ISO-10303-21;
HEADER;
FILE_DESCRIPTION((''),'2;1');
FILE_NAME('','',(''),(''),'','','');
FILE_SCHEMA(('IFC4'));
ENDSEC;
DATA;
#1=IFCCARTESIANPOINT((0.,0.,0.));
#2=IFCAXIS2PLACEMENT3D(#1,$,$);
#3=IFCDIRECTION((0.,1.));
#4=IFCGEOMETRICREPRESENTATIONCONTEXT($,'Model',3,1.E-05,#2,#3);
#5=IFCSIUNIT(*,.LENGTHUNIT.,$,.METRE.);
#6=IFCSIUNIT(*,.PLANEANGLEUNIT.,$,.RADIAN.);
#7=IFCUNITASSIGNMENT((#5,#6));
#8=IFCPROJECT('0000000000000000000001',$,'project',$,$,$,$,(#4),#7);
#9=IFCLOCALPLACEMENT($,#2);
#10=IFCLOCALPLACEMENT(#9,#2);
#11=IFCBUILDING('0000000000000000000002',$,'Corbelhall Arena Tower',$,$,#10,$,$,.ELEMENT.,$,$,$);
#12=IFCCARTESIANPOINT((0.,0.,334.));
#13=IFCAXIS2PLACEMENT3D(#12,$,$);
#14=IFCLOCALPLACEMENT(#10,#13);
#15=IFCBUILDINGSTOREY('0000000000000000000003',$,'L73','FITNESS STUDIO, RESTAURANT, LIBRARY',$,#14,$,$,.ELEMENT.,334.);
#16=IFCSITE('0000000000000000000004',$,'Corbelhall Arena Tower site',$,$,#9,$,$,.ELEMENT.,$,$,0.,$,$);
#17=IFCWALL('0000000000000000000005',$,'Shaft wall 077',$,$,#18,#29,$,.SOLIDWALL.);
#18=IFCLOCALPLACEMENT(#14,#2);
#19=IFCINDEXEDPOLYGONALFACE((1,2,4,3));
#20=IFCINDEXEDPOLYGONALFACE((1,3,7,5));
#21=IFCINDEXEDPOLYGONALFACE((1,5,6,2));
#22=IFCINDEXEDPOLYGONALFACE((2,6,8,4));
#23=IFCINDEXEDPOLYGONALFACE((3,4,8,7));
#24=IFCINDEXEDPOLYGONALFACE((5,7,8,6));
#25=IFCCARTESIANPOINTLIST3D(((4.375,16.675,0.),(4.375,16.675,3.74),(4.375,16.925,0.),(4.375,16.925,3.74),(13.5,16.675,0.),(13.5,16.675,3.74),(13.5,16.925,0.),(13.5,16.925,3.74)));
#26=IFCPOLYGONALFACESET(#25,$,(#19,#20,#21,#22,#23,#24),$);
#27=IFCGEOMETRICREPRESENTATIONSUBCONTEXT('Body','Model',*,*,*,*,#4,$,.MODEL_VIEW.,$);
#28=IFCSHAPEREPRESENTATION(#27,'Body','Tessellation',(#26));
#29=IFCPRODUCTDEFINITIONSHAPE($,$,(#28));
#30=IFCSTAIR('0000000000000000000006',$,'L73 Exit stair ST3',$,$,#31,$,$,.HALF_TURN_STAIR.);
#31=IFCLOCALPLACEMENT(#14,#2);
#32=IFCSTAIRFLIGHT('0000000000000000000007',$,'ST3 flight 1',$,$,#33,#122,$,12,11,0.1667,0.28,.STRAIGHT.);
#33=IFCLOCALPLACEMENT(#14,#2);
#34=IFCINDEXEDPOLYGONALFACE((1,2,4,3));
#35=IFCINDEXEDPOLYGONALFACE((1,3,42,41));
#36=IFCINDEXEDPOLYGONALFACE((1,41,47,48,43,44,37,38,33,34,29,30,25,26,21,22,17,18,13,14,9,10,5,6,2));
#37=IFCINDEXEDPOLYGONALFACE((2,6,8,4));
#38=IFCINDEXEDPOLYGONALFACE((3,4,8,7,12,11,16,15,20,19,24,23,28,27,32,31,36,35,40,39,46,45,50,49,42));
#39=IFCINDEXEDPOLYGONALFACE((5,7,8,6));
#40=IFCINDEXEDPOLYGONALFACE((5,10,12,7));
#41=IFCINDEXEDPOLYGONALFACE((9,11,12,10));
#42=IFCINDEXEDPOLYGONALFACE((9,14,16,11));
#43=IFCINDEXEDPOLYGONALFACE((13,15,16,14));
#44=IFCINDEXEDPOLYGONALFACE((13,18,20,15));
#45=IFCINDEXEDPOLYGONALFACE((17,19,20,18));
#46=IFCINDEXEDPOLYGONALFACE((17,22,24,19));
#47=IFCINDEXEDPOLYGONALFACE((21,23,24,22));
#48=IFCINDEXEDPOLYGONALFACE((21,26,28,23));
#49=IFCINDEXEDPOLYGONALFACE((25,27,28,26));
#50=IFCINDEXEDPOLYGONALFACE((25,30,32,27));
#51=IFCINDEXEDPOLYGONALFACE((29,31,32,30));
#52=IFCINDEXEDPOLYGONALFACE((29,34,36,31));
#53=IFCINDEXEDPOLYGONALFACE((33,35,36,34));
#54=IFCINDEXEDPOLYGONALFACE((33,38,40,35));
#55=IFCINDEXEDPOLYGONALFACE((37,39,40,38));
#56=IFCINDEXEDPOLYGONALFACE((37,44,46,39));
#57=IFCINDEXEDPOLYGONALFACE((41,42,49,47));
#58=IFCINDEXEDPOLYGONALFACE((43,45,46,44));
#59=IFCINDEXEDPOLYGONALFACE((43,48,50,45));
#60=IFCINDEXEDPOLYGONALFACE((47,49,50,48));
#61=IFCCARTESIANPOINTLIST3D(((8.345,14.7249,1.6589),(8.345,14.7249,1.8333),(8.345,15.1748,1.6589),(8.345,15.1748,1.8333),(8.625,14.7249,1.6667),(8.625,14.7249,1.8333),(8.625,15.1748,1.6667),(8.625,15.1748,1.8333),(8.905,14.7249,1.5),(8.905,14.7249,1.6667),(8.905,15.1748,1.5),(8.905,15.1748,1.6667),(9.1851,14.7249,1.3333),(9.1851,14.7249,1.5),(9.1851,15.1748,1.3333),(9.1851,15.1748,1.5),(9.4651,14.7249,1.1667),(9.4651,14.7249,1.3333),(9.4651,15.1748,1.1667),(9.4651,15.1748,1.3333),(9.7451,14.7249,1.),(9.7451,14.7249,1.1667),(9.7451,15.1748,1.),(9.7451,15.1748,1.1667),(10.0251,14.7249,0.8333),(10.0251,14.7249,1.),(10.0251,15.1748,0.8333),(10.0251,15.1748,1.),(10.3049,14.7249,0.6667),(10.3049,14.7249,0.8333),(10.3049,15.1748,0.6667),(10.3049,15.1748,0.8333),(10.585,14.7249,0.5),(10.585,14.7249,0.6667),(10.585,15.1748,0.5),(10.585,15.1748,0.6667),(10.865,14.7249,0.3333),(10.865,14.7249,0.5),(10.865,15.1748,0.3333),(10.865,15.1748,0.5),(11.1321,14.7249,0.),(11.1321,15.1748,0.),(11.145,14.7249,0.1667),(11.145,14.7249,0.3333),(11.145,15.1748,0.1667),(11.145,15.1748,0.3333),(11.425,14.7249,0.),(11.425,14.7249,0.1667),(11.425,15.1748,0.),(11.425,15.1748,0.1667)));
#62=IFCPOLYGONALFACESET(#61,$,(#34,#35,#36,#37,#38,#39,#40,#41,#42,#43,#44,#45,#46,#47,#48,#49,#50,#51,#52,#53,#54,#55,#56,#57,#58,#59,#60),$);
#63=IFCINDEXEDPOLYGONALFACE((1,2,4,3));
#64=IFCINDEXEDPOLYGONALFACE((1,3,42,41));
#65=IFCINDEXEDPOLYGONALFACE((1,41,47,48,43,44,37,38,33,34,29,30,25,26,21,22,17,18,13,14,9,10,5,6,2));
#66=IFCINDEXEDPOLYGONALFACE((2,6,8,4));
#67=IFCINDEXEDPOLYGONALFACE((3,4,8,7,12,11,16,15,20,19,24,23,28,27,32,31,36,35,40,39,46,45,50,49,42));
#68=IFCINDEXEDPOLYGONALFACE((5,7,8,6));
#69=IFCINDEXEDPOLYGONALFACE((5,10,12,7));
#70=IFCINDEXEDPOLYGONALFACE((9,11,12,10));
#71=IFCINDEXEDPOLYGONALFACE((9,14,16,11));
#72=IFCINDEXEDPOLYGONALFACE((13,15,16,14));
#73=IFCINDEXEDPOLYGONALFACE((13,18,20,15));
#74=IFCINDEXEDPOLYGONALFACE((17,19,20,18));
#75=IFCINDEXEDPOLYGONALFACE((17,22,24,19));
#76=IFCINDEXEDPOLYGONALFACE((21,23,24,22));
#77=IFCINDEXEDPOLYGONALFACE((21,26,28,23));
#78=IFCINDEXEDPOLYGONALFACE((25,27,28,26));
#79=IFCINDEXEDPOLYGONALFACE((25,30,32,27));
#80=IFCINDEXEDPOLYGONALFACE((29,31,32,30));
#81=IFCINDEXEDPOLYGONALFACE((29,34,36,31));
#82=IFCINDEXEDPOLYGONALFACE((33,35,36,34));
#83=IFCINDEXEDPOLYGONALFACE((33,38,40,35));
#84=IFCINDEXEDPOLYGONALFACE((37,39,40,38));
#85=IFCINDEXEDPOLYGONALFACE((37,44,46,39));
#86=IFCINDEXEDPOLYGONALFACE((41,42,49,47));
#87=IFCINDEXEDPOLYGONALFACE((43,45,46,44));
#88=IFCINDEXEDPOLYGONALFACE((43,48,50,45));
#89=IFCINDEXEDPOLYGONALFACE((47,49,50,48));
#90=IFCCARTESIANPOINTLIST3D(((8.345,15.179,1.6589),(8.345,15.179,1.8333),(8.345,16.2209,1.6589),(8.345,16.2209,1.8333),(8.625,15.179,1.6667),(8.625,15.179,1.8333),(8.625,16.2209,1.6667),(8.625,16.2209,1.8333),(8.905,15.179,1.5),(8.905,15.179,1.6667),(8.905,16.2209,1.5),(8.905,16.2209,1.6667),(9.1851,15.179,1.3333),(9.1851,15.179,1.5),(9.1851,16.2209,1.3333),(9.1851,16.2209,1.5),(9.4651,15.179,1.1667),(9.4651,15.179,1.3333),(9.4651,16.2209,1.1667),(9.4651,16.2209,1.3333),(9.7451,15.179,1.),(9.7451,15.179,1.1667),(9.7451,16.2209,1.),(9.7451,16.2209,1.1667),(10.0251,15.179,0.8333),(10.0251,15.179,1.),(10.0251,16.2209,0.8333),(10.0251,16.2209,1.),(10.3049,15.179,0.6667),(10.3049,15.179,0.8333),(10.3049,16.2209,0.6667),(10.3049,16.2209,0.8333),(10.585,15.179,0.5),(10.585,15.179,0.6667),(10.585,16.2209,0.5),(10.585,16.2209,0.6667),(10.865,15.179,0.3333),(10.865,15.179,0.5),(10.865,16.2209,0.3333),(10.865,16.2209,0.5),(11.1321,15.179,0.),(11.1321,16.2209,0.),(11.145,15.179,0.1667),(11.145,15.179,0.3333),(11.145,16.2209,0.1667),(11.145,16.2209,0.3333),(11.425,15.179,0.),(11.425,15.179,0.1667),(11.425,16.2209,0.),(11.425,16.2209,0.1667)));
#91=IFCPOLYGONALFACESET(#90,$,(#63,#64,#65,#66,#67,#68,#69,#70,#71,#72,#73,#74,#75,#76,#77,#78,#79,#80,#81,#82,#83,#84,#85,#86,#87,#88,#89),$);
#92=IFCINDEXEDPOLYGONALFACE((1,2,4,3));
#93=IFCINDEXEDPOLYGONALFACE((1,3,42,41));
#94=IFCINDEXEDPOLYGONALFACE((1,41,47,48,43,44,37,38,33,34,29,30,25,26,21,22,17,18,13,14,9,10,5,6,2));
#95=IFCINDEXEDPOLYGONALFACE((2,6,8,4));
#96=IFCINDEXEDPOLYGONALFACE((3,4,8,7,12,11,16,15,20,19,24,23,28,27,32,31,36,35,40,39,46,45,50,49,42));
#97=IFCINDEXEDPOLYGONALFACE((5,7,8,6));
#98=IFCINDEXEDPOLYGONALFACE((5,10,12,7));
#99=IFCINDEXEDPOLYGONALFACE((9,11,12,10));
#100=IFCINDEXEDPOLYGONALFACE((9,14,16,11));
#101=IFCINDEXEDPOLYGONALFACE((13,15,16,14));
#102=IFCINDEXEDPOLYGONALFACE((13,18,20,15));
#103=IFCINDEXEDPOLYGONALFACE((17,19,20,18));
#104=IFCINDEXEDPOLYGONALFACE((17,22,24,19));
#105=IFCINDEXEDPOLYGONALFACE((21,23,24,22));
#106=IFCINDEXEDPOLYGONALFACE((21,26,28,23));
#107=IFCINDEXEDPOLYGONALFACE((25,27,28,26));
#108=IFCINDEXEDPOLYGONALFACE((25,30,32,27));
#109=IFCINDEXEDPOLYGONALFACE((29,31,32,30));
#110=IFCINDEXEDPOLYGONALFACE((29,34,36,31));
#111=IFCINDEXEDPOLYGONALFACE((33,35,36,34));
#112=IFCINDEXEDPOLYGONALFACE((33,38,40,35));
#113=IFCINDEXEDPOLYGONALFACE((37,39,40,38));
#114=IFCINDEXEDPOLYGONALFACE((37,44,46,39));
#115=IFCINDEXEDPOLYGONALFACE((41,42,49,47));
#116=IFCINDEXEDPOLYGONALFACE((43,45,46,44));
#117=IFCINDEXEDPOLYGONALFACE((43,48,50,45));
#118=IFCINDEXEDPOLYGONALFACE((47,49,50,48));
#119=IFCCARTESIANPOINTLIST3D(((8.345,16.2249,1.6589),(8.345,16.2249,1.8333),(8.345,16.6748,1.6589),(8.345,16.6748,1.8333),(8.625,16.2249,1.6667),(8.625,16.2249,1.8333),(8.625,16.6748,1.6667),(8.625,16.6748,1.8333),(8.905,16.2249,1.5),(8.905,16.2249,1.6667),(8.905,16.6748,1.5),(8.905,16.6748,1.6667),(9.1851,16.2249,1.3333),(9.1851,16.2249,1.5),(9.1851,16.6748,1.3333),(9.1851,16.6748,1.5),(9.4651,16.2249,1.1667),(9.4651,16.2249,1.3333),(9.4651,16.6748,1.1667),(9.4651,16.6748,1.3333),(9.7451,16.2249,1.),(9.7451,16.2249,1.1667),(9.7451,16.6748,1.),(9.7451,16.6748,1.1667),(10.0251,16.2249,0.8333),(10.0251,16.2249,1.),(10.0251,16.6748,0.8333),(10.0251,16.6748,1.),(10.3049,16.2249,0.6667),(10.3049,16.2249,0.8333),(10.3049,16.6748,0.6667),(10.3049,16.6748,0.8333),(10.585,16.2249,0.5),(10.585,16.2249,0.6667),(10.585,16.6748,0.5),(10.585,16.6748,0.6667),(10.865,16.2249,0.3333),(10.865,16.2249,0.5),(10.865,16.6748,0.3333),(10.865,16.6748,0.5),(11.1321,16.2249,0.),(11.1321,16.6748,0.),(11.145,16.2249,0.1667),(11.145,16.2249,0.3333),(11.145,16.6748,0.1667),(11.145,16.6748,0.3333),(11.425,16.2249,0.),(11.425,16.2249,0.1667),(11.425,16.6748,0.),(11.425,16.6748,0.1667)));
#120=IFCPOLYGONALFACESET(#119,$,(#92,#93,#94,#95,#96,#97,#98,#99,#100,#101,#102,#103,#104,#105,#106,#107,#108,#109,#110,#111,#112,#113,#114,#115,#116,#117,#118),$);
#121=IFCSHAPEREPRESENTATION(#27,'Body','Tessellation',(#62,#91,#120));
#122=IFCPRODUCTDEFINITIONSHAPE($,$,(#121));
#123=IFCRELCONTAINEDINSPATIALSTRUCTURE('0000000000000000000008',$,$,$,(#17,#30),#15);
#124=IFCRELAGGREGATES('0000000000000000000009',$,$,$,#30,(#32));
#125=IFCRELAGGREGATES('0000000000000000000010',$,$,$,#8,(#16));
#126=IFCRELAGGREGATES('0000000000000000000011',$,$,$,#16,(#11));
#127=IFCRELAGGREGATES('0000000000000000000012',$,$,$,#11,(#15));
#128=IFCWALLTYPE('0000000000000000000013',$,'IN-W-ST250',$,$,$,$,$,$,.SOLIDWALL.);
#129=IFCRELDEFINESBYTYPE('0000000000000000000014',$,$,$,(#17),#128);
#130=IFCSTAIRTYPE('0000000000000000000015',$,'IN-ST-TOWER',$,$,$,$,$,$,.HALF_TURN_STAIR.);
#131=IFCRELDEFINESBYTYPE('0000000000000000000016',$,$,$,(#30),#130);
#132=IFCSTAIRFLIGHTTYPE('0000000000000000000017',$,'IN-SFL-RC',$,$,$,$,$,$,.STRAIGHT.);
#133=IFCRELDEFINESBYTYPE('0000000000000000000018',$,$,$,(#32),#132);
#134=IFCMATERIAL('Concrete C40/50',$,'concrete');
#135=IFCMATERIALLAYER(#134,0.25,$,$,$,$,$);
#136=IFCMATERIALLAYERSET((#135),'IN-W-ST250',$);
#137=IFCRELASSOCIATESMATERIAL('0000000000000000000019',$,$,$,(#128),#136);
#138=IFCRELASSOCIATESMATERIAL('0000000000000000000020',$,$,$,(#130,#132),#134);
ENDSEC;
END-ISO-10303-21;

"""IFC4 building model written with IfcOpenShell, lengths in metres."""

from ifc_helpers import new_model, si_unit, direction, frame, frame_2d, origin, place, context, subcontext, project, spatial, polyline, rectangle, outline, extrude, material, layer, layer_set, type_object, element, aggregate, save


model = new_model("IFC4")

# Units and contexts
model_context = context("Model", 3, precision=1e-05, world=origin(), true_north=direction((0.0, 1.0)))
body_context = subcontext(model_context, "Body", "Model", "MODEL_VIEW")
ifc_project = project(units=[si_unit("LENGTHUNIT", "METRE"), si_unit("PLANEANGLEUNIT", "RADIAN")], contexts=[model_context])

# Site, building, storey
site_placement = place(None, origin())
site = spatial("IfcSite", under=ifc_project, at=site_placement, Name="Corbelhall Arena Tower site", CompositionType="ELEMENT", RefElevation=0.0)
building_placement = place(site_placement, origin())
building = spatial("IfcBuilding", under=site, at=building_placement, Name="Corbelhall Arena Tower", CompositionType="ELEMENT")
storey_placement = place(building_placement, frame((0.0, 0.0, 334.0)))
storey = spatial("IfcBuildingStorey", under=building, at=storey_placement, Name="L73", Description="FITNESS STUDIO, RESTAURANT, LIBRARY", CompositionType="ELEMENT", Elevation=334.0)

# Wall
ifc_material_1 = material(Name="Concrete C40/50", Category="concrete")
ifc_layer_1 = layer(ifc_material_1, 0.25)
ifc_layer_set_1 = layer_set([ifc_layer_1], Name="IN-W-ST250")
wall_type_1 = type_object("IfcWallType", Name="IN-W-ST250", PredefinedType="SOLIDWALL", material=ifc_layer_set_1)
wall_1_placement = place(storey_placement, frame((4.375, 16.8, 0.0), z_axis=(0.0, 0.0, 1.0), x_axis=(1.0, 0.0, 0.0)))
element("IfcWall", 1, at=wall_1_placement, inside=storey, type_object=wall_type_1, Name="Shaft wall 077", PredefinedType="SOLIDWALL", context=body_context, shape_type="SweptSolid", body=[
    extrude(rectangle(XDim=9.125, YDim=0.25, at=frame_2d((4.5625, 0.0))), origin(), (0.0, 0.0, 1.0), 3.74),
])

# Stair, stair flight
stair_type = type_object("IfcStairType", Name="IN-ST-TOWER", PredefinedType="HALF_TURN_STAIR", material=ifc_material_1)
stair_placement = place(storey_placement, origin())
stair = element("IfcStair", 2, at=stair_placement, inside=storey, type_object=stair_type, Name="L73 Exit stair ST3", PredefinedType="HALF_TURN_STAIR")
stair_flight_type = type_object("IfcStairFlightType", Name="IN-SFL-RC", PredefinedType="STRAIGHT", material=ifc_material_1)
stair_flight_1_placement = place(storey_placement, frame((11.425, 15.7, 0.0), z_axis=(0.0, 0.0, 1.0), x_axis=(-1.0, 0.0, 0.0)))
stair_flight_1 = element("IfcStairFlight", 3, at=stair_flight_1_placement, type_object=stair_flight_type, Name="ST3 flight 1", NumberOfRisers=12, NumberOfTreads=11, PredefinedType="STRAIGHT", RiserHeight=0.1667, TreadLength=0.28, context=body_context, shape_type="SweptSolid", body=[
    extrude(outline(polyline([(0.0, 0.0), (0.0, 0.1667), (0.28, 0.1667), (0.28, 0.3333), (0.5601, 0.3333), (0.5601, 0.5), (0.8401, 0.5), (0.8401, 0.6667), (1.1201, 0.6667), (1.1201, 0.8333), (1.3999, 0.8333), (1.3999, 1.0), (1.6799, 1.0), (1.6799, 1.1667), (1.96, 1.1667), (1.96, 1.3333), (2.24, 1.3333), (2.24, 1.5), (2.52, 1.5), (2.52, 1.6667), (2.8, 1.6667), (2.8, 1.8333), (3.0801, 1.8333), (3.0801, 2.0), (3.0801, 1.6589), (0.293, 0.0), (0.0, 0.0)])), frame((0.0, 0.9751, 0.0), z_axis=(0.0, -1.0, 0.0), x_axis=(1.0, 0.0, 0.0)), (0.0, 0.0, 1.0), 0.45),
    extrude(outline(polyline([(0.0, 0.0), (0.0, 0.1667), (0.28, 0.1667), (0.28, 0.3333), (0.5601, 0.3333), (0.5601, 0.5), (0.8401, 0.5), (0.8401, 0.6667), (1.1201, 0.6667), (1.1201, 0.8333), (1.3999, 0.8333), (1.3999, 1.0), (1.6799, 1.0), (1.6799, 1.1667), (1.96, 1.1667), (1.96, 1.3333), (2.24, 1.3333), (2.24, 1.5), (2.52, 1.5), (2.52, 1.6667), (2.8, 1.6667), (2.8, 1.8333), (3.0801, 1.8333), (3.0801, 2.0), (3.0801, 1.6589), (0.293, 0.0), (0.0, 0.0)])), frame((0.0, 0.521, 0.0), z_axis=(0.0, -1.0, 0.0), x_axis=(1.0, 0.0, 0.0)), (0.0, 0.0, 1.0), 1.042),
    extrude(outline(polyline([(0.0, 0.0), (0.0, 0.1667), (0.28, 0.1667), (0.28, 0.3333), (0.5601, 0.3333), (0.5601, 0.5), (0.8401, 0.5), (0.8401, 0.6667), (1.1201, 0.6667), (1.1201, 0.8333), (1.3999, 0.8333), (1.3999, 1.0), (1.6799, 1.0), (1.6799, 1.1667), (1.96, 1.1667), (1.96, 1.3333), (2.24, 1.3333), (2.24, 1.5), (2.52, 1.5), (2.52, 1.6667), (2.8, 1.6667), (2.8, 1.8333), (3.0801, 1.8333), (3.0801, 2.0), (3.0801, 1.6589), (0.293, 0.0), (0.0, 0.0)])), frame((0.0, -0.5249, 0.0), z_axis=(0.0, -1.0, 0.0), x_axis=(1.0, 0.0, 0.0)), (0.0, 0.0, 1.0), 0.45),
])
aggregate(stair, [stair_flight_1])

save(model, "model.ifc")
